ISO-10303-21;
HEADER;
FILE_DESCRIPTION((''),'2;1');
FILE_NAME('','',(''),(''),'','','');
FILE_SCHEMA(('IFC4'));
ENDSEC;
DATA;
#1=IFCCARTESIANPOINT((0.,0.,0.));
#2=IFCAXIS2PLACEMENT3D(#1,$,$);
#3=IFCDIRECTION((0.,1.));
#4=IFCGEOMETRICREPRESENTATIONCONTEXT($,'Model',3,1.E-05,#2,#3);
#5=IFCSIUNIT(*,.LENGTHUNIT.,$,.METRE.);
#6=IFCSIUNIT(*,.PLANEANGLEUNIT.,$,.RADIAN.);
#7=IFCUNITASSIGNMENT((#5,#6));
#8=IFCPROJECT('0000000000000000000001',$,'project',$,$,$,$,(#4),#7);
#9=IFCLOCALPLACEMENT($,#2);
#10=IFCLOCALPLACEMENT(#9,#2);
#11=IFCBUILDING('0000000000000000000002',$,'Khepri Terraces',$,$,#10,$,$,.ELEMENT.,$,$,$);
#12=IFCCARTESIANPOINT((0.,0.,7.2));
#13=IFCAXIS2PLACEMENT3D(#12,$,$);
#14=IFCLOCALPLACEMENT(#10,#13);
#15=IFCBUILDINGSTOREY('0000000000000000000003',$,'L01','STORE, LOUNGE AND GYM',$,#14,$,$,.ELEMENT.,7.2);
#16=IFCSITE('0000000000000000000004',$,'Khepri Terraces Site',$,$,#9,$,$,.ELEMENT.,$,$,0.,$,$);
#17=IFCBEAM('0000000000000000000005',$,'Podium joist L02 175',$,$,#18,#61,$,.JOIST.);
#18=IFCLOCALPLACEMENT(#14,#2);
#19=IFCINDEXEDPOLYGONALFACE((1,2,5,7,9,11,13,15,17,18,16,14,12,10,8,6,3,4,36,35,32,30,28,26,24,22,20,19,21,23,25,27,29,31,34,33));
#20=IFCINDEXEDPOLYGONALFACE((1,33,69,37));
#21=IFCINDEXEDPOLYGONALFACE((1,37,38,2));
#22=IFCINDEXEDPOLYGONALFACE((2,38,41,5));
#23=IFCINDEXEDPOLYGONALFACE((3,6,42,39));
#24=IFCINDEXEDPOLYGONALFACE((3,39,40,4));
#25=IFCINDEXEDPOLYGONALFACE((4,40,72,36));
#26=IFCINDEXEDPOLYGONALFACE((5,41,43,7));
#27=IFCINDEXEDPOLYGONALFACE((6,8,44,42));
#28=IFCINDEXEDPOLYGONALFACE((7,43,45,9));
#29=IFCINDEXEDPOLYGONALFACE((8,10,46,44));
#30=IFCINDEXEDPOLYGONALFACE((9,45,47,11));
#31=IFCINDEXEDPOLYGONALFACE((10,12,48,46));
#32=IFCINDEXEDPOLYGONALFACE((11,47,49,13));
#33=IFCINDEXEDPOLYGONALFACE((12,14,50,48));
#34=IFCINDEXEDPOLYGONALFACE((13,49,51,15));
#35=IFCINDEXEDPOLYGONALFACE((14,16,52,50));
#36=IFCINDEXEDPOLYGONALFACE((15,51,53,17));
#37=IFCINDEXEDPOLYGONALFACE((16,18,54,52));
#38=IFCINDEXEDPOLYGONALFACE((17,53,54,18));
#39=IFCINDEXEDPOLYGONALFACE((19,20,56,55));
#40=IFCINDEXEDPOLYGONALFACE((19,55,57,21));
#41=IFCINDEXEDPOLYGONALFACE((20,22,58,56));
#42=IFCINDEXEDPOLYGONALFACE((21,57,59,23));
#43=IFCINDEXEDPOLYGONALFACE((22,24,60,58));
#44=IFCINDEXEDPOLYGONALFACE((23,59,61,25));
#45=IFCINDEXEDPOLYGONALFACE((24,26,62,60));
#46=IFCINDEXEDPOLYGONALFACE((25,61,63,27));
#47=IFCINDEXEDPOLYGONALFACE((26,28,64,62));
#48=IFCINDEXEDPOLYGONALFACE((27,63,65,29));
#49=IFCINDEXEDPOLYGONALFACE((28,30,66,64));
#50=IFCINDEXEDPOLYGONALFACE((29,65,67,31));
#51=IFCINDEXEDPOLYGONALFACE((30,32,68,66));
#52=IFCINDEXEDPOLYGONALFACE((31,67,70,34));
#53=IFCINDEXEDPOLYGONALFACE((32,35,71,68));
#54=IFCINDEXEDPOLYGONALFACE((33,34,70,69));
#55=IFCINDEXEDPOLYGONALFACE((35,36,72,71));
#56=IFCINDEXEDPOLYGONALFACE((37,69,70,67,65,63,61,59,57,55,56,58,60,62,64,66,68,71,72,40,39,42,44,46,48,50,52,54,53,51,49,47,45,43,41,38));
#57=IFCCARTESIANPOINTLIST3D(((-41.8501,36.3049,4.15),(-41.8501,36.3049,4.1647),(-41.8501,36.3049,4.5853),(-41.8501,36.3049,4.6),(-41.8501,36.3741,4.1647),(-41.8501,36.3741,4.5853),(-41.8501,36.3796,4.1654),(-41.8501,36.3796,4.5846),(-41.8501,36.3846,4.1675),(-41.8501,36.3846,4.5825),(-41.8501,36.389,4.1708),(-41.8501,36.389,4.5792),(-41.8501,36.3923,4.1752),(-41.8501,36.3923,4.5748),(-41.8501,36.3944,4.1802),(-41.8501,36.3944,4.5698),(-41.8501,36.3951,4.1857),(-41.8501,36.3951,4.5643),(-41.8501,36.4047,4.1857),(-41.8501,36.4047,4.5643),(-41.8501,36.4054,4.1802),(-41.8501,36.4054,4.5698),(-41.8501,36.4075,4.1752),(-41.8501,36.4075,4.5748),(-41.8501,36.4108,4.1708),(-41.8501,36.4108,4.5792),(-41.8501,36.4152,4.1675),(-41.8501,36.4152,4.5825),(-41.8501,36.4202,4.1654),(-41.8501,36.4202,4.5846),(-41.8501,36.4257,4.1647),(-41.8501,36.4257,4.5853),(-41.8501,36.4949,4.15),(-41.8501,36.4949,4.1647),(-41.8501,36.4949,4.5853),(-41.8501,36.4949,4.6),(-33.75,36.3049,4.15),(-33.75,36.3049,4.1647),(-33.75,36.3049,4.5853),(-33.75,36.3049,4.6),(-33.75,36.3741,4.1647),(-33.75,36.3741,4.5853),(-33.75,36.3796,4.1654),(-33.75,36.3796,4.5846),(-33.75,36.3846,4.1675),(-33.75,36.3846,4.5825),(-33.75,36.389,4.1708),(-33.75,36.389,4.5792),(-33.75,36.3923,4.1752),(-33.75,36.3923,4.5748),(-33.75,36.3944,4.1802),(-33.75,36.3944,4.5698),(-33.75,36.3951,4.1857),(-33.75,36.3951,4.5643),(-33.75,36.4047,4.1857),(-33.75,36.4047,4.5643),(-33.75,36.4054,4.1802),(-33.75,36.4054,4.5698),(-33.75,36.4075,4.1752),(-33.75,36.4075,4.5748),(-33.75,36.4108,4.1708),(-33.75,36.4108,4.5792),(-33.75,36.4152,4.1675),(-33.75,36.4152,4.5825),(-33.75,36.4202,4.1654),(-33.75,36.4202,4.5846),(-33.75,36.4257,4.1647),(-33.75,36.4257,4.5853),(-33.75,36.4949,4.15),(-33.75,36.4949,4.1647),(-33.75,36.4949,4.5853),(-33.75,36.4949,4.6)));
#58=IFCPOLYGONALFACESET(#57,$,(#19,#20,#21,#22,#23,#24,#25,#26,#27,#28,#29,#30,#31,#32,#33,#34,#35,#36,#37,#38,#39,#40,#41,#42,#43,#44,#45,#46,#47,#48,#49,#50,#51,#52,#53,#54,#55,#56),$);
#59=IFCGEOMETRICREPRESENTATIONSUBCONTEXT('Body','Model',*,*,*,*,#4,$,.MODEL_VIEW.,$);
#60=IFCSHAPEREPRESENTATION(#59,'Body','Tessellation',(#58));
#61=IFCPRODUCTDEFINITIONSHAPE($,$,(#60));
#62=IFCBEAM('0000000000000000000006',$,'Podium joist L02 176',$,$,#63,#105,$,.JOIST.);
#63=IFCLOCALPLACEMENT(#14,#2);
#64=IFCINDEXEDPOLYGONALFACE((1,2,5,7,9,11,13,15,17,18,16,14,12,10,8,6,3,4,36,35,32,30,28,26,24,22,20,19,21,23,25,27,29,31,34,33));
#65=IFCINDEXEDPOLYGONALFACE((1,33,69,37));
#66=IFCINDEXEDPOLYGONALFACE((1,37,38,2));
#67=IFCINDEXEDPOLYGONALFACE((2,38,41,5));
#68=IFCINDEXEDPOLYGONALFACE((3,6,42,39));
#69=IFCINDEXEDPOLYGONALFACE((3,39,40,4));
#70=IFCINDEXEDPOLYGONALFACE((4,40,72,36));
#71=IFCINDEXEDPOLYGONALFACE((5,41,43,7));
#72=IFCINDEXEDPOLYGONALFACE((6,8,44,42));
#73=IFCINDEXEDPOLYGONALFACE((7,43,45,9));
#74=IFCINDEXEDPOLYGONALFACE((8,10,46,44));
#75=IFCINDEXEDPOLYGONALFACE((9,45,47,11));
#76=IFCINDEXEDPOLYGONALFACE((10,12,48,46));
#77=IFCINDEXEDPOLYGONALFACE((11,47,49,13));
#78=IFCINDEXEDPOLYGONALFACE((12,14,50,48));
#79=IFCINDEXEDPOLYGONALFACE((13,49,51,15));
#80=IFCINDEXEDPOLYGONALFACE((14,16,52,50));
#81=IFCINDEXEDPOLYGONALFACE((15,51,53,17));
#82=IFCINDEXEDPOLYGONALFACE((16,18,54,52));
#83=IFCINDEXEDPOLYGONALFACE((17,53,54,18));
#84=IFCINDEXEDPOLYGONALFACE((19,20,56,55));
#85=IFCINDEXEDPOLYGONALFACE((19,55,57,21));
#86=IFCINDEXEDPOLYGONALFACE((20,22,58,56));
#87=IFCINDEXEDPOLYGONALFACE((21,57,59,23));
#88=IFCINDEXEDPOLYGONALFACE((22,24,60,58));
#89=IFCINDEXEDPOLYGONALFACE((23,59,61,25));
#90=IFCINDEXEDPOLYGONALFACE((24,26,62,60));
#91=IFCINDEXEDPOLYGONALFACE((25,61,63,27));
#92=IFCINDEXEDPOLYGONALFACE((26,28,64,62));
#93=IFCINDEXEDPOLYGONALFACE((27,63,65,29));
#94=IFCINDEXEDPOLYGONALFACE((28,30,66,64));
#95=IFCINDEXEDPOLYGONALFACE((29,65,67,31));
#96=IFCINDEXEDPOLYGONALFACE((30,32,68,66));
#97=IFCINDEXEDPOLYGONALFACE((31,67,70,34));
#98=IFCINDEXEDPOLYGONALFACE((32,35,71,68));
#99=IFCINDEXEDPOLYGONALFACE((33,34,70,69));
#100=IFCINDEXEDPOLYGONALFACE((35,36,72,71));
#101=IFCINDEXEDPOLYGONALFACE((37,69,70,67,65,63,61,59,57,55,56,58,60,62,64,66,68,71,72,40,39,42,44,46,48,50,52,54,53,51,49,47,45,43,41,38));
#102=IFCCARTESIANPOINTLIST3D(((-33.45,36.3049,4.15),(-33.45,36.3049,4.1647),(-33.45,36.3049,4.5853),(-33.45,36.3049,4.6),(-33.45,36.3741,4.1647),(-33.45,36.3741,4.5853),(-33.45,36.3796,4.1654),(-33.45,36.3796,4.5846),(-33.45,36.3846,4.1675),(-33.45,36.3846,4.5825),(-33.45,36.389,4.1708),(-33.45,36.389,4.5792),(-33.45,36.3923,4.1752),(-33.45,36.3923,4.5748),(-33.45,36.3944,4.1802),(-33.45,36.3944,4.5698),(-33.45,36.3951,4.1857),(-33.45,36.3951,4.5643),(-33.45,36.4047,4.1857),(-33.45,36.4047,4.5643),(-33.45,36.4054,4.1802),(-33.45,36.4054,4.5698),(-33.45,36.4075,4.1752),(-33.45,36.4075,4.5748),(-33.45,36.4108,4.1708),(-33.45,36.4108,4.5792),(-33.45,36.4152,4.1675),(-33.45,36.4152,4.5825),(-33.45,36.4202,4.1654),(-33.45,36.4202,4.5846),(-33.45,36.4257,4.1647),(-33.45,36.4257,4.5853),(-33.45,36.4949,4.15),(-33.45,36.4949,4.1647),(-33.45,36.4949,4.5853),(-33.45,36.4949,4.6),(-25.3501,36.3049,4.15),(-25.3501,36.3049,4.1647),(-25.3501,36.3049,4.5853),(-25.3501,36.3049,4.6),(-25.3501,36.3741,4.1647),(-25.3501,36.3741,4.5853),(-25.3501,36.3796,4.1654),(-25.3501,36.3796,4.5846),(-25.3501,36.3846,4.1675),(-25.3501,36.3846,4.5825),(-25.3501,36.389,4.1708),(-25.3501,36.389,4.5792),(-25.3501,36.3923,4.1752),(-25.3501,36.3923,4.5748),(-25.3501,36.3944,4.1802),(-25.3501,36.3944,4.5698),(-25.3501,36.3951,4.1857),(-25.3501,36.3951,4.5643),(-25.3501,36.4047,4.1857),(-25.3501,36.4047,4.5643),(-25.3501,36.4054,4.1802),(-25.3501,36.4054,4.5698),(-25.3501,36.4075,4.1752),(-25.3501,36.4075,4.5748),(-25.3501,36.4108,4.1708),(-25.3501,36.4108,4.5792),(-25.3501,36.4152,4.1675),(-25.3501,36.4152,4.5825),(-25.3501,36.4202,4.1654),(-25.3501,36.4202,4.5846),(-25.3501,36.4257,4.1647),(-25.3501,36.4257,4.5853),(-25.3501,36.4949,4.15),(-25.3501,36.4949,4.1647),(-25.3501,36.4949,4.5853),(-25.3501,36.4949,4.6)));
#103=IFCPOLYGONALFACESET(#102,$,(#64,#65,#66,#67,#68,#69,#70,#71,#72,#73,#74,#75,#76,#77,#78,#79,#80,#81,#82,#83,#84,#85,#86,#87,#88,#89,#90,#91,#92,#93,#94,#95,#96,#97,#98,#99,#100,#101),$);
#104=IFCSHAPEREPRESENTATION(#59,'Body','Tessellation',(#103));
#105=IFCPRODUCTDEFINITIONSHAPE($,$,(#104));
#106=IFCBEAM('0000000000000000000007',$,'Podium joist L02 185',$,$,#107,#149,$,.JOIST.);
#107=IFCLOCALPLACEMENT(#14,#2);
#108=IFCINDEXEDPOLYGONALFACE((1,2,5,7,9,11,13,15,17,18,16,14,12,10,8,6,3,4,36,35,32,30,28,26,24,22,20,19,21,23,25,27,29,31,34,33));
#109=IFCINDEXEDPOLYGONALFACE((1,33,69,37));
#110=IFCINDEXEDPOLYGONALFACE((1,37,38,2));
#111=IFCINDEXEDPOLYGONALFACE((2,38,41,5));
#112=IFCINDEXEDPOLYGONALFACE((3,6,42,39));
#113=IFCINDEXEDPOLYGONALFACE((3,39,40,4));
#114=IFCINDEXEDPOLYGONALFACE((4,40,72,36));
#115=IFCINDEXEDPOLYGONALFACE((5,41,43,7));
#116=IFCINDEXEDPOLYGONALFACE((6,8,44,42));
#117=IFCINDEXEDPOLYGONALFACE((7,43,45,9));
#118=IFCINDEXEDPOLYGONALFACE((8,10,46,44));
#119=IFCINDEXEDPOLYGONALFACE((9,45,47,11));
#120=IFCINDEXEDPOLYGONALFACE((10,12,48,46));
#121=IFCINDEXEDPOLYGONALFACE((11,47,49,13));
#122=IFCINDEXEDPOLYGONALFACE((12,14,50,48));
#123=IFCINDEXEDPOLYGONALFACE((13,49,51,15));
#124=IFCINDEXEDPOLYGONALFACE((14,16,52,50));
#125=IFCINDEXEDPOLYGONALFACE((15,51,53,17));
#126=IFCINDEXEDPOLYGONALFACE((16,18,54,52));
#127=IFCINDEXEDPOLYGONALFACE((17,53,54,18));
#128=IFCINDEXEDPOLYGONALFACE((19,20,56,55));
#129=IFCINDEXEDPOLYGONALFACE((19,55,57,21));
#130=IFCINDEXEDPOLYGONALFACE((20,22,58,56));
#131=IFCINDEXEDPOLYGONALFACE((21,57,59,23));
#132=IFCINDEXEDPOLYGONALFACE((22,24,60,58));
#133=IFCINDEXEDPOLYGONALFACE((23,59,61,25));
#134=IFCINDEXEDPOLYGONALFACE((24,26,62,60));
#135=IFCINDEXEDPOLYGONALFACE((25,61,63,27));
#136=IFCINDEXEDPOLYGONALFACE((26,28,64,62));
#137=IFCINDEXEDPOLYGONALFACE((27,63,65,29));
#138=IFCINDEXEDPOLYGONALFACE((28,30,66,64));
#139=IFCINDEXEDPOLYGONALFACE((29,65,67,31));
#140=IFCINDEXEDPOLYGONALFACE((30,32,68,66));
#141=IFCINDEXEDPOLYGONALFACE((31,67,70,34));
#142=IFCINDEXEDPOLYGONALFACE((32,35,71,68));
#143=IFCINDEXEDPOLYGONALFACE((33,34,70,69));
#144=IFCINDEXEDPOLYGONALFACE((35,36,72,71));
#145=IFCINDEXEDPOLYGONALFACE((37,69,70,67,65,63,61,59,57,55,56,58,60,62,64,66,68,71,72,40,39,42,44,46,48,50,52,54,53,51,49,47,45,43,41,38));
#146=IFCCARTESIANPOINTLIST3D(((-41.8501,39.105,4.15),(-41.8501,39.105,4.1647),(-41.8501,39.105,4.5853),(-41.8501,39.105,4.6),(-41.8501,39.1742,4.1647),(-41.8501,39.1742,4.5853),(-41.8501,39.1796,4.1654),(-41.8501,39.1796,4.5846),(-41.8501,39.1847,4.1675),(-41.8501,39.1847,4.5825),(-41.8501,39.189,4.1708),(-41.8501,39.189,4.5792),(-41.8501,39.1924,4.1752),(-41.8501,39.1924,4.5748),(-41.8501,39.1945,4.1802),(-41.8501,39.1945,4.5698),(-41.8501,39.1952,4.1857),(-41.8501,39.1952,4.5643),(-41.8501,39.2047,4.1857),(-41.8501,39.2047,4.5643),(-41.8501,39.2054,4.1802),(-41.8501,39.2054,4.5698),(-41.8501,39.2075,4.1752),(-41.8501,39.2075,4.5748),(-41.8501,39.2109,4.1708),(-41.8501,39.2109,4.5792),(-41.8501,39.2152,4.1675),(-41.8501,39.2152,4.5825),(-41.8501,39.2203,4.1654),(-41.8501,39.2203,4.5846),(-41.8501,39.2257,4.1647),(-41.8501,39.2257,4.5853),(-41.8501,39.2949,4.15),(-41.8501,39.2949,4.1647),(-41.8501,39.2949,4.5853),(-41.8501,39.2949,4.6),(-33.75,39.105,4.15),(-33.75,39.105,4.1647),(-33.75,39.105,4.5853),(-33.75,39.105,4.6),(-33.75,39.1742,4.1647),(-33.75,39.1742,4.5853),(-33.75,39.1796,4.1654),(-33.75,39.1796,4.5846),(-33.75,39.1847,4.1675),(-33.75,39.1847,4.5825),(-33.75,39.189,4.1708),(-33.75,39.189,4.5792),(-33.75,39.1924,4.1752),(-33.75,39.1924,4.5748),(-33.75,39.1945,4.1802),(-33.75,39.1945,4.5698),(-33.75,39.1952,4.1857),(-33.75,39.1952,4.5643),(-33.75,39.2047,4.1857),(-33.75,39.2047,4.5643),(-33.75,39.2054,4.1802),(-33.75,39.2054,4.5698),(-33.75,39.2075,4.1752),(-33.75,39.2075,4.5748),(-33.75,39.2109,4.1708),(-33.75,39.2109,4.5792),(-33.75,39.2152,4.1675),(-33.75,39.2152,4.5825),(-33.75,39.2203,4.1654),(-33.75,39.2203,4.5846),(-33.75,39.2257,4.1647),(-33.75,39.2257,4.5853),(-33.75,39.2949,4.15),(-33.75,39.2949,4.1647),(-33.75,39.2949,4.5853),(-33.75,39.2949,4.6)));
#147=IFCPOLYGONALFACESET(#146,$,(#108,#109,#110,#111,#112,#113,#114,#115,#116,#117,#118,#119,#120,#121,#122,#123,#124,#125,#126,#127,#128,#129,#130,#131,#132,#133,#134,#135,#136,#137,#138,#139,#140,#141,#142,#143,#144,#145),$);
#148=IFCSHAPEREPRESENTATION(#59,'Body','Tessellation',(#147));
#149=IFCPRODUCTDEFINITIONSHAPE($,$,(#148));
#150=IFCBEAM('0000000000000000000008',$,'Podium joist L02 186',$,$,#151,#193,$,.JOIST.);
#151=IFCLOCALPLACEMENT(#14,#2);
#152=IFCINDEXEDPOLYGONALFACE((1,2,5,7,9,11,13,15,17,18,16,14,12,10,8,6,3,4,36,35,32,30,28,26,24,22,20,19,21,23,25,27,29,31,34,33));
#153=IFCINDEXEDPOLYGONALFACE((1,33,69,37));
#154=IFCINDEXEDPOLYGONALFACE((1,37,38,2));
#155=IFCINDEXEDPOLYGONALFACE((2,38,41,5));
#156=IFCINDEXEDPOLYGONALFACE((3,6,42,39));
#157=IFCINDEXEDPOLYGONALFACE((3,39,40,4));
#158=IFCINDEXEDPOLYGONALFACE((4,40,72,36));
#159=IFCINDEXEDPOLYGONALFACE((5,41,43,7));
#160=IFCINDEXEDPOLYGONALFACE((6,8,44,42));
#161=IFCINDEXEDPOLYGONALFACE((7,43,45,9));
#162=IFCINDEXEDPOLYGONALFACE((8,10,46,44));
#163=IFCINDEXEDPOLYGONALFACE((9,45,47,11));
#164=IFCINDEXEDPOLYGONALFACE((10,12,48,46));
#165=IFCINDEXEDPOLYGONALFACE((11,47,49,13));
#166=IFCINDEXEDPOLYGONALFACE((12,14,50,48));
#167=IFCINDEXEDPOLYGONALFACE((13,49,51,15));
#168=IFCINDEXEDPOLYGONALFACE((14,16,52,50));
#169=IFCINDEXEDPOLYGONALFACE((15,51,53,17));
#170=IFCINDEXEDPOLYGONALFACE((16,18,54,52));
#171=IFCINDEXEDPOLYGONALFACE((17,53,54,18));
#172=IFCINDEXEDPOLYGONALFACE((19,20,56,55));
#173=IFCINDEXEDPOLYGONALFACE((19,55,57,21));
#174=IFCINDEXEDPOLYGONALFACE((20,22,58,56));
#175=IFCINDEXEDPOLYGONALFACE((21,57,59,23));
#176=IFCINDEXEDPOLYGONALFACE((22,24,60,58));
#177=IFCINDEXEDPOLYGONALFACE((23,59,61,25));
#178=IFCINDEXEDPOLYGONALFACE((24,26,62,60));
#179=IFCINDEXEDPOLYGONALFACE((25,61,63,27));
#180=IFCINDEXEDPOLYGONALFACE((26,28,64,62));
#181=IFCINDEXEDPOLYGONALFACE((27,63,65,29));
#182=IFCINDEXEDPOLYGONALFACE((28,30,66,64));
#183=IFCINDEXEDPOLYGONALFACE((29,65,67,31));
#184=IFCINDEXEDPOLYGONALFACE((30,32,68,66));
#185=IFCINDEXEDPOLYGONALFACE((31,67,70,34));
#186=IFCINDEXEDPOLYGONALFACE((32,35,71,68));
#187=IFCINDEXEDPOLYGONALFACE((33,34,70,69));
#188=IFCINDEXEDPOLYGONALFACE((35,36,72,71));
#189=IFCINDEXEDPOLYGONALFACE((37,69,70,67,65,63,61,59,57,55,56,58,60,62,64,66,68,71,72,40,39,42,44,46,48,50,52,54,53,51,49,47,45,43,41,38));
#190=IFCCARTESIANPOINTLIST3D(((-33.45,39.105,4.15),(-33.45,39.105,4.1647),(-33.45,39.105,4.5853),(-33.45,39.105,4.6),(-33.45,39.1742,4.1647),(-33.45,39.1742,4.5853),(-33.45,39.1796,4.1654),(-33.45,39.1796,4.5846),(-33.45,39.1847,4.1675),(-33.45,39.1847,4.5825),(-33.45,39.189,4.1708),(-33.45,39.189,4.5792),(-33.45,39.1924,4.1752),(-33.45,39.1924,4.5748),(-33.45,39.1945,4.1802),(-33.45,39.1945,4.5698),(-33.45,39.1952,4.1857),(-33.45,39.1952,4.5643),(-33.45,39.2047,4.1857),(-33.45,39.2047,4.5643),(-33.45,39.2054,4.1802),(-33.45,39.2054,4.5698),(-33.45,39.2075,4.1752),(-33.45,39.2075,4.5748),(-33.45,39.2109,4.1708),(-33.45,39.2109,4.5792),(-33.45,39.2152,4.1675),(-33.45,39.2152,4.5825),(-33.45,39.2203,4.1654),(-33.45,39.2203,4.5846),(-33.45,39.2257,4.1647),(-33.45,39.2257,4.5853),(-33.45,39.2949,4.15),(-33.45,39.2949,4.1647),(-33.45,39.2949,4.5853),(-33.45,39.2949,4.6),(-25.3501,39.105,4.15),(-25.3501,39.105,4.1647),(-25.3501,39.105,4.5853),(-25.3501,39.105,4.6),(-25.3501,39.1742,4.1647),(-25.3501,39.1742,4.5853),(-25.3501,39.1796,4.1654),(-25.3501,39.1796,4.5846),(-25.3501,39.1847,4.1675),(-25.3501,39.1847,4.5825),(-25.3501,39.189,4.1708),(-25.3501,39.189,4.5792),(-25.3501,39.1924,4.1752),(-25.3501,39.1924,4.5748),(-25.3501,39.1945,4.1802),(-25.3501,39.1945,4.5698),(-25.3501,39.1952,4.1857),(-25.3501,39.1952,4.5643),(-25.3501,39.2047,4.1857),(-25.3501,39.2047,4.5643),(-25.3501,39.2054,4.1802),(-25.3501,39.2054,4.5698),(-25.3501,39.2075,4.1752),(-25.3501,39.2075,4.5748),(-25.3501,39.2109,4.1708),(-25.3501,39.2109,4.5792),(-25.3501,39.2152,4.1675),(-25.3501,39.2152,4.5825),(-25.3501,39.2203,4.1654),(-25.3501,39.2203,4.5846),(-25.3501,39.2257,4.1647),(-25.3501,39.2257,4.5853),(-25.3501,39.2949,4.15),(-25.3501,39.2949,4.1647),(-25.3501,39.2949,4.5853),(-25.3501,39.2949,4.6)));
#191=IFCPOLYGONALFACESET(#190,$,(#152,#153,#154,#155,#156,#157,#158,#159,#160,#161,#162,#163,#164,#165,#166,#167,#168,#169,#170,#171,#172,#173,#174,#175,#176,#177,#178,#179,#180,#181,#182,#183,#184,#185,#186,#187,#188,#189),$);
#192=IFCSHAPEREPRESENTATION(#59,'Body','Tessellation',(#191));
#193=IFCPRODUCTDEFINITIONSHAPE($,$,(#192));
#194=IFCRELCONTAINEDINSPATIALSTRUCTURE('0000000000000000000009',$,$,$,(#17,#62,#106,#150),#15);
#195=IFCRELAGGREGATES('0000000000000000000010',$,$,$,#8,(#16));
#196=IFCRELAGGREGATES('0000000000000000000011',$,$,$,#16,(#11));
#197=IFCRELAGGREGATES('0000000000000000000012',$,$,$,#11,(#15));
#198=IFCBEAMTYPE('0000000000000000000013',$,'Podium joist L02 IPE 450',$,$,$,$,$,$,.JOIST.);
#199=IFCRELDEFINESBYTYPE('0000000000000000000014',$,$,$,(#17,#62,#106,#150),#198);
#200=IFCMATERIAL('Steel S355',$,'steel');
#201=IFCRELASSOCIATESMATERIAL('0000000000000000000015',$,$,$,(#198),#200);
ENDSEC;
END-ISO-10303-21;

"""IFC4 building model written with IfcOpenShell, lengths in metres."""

from ifc_helpers import new_model, si_unit, direction, frame, origin, origin_2d, place, context, subcontext, project, spatial, i_section, extrude, material, material_profile, profile_set, type_object, element, save


model = new_model("IFC4")

# Units and contexts
model_context = context("Model", 3, precision=1e-05, world=origin(), true_north=direction((0.0, 1.0)))
body_context = subcontext(model_context, "Body", "Model", "MODEL_VIEW")
ifc_project = project(units=[si_unit("LENGTHUNIT", "METRE"), si_unit("PLANEANGLEUNIT", "RADIAN")], contexts=[model_context])

# Site, building, storey
site_placement = place(None, origin())
site = spatial("IfcSite", under=ifc_project, at=site_placement, Name="Khepri Terraces Site", CompositionType="ELEMENT", RefElevation=0.0)
building_placement = place(site_placement, origin())
building = spatial("IfcBuilding", under=site, at=building_placement, Name="Khepri Terraces", CompositionType="ELEMENT")
storey_placement = place(building_placement, frame((0.0, 0.0, 7.2)))
storey = spatial("IfcBuildingStorey", under=building, at=storey_placement, Name="L01", Description="STORE, LOUNGE AND GYM", CompositionType="ELEMENT", Elevation=7.2)

# Beams
ifc_material_1 = material(Name="Steel S355", Category="steel")
ifc_material_profile_1 = material_profile(ifc_material_1, i_section(OverallWidth=0.1899, OverallDepth=0.45, WebThickness=0.0095, FlangeThickness=0.0146, FilletRadius=0.021, at=origin_2d()), Name="Steel S355", Category="steel")
ifc_profile_set_1 = profile_set([ifc_material_profile_1], Name="Steel S355")
beam_type_1 = type_object("IfcBeamType", Name="Podium joist L02 IPE 450", PredefinedType="JOIST", material=ifc_profile_set_1)
beam_1_placement = place(storey_placement, frame((-41.8501, 36.3999, 4.375), z_axis=(1.0, 0.0, 0.0), x_axis=(0.0, 1.0, 0.0)))
element("IfcBeam", 1, at=beam_1_placement, inside=storey, type_object=beam_type_1, Name="Podium joist L02 175", PredefinedType="JOIST", context=body_context, shape_type="SweptSolid", body=[
    extrude(i_section(OverallWidth=0.1899, OverallDepth=0.45, WebThickness=0.0095, FlangeThickness=0.0146, FilletRadius=0.021, at=origin_2d()), origin(), (0.0, 0.0, 1.0), 8.1001),
])
beam_2_placement = place(storey_placement, frame((-33.45, 36.3999, 4.375), z_axis=(1.0, 0.0, 0.0), x_axis=(0.0, 1.0, 0.0)))
element("IfcBeam", 2, at=beam_2_placement, inside=storey, type_object=beam_type_1, Name="Podium joist L02 176", PredefinedType="JOIST", context=body_context, shape_type="SweptSolid", body=[
    extrude(i_section(OverallWidth=0.1899, OverallDepth=0.45, WebThickness=0.0095, FlangeThickness=0.0146, FilletRadius=0.021, at=origin_2d()), origin(), (0.0, 0.0, 1.0), 8.0999),
])
beam_3_placement = place(storey_placement, frame((-41.8501, 39.2, 4.375), z_axis=(1.0, 0.0, 0.0), x_axis=(0.0, 1.0, 0.0)))
element("IfcBeam", 3, at=beam_3_placement, inside=storey, type_object=beam_type_1, Name="Podium joist L02 185", PredefinedType="JOIST", context=body_context, shape_type="SweptSolid", body=[
    extrude(i_section(OverallWidth=0.1899, OverallDepth=0.45, WebThickness=0.0095, FlangeThickness=0.0146, FilletRadius=0.021, at=origin_2d()), origin(), (0.0, 0.0, 1.0), 8.1001),
])
beam_4_placement = place(storey_placement, frame((-33.45, 39.2, 4.375), z_axis=(1.0, 0.0, 0.0), x_axis=(0.0, 1.0, 0.0)))
element("IfcBeam", 4, at=beam_4_placement, inside=storey, type_object=beam_type_1, Name="Podium joist L02 186", PredefinedType="JOIST", context=body_context, shape_type="SweptSolid", body=[
    extrude(i_section(OverallWidth=0.1899, OverallDepth=0.45, WebThickness=0.0095, FlangeThickness=0.0146, FilletRadius=0.021, at=origin_2d()), origin(), (0.0, 0.0, 1.0), 8.0999),
])

save(model, "model.ifc")
